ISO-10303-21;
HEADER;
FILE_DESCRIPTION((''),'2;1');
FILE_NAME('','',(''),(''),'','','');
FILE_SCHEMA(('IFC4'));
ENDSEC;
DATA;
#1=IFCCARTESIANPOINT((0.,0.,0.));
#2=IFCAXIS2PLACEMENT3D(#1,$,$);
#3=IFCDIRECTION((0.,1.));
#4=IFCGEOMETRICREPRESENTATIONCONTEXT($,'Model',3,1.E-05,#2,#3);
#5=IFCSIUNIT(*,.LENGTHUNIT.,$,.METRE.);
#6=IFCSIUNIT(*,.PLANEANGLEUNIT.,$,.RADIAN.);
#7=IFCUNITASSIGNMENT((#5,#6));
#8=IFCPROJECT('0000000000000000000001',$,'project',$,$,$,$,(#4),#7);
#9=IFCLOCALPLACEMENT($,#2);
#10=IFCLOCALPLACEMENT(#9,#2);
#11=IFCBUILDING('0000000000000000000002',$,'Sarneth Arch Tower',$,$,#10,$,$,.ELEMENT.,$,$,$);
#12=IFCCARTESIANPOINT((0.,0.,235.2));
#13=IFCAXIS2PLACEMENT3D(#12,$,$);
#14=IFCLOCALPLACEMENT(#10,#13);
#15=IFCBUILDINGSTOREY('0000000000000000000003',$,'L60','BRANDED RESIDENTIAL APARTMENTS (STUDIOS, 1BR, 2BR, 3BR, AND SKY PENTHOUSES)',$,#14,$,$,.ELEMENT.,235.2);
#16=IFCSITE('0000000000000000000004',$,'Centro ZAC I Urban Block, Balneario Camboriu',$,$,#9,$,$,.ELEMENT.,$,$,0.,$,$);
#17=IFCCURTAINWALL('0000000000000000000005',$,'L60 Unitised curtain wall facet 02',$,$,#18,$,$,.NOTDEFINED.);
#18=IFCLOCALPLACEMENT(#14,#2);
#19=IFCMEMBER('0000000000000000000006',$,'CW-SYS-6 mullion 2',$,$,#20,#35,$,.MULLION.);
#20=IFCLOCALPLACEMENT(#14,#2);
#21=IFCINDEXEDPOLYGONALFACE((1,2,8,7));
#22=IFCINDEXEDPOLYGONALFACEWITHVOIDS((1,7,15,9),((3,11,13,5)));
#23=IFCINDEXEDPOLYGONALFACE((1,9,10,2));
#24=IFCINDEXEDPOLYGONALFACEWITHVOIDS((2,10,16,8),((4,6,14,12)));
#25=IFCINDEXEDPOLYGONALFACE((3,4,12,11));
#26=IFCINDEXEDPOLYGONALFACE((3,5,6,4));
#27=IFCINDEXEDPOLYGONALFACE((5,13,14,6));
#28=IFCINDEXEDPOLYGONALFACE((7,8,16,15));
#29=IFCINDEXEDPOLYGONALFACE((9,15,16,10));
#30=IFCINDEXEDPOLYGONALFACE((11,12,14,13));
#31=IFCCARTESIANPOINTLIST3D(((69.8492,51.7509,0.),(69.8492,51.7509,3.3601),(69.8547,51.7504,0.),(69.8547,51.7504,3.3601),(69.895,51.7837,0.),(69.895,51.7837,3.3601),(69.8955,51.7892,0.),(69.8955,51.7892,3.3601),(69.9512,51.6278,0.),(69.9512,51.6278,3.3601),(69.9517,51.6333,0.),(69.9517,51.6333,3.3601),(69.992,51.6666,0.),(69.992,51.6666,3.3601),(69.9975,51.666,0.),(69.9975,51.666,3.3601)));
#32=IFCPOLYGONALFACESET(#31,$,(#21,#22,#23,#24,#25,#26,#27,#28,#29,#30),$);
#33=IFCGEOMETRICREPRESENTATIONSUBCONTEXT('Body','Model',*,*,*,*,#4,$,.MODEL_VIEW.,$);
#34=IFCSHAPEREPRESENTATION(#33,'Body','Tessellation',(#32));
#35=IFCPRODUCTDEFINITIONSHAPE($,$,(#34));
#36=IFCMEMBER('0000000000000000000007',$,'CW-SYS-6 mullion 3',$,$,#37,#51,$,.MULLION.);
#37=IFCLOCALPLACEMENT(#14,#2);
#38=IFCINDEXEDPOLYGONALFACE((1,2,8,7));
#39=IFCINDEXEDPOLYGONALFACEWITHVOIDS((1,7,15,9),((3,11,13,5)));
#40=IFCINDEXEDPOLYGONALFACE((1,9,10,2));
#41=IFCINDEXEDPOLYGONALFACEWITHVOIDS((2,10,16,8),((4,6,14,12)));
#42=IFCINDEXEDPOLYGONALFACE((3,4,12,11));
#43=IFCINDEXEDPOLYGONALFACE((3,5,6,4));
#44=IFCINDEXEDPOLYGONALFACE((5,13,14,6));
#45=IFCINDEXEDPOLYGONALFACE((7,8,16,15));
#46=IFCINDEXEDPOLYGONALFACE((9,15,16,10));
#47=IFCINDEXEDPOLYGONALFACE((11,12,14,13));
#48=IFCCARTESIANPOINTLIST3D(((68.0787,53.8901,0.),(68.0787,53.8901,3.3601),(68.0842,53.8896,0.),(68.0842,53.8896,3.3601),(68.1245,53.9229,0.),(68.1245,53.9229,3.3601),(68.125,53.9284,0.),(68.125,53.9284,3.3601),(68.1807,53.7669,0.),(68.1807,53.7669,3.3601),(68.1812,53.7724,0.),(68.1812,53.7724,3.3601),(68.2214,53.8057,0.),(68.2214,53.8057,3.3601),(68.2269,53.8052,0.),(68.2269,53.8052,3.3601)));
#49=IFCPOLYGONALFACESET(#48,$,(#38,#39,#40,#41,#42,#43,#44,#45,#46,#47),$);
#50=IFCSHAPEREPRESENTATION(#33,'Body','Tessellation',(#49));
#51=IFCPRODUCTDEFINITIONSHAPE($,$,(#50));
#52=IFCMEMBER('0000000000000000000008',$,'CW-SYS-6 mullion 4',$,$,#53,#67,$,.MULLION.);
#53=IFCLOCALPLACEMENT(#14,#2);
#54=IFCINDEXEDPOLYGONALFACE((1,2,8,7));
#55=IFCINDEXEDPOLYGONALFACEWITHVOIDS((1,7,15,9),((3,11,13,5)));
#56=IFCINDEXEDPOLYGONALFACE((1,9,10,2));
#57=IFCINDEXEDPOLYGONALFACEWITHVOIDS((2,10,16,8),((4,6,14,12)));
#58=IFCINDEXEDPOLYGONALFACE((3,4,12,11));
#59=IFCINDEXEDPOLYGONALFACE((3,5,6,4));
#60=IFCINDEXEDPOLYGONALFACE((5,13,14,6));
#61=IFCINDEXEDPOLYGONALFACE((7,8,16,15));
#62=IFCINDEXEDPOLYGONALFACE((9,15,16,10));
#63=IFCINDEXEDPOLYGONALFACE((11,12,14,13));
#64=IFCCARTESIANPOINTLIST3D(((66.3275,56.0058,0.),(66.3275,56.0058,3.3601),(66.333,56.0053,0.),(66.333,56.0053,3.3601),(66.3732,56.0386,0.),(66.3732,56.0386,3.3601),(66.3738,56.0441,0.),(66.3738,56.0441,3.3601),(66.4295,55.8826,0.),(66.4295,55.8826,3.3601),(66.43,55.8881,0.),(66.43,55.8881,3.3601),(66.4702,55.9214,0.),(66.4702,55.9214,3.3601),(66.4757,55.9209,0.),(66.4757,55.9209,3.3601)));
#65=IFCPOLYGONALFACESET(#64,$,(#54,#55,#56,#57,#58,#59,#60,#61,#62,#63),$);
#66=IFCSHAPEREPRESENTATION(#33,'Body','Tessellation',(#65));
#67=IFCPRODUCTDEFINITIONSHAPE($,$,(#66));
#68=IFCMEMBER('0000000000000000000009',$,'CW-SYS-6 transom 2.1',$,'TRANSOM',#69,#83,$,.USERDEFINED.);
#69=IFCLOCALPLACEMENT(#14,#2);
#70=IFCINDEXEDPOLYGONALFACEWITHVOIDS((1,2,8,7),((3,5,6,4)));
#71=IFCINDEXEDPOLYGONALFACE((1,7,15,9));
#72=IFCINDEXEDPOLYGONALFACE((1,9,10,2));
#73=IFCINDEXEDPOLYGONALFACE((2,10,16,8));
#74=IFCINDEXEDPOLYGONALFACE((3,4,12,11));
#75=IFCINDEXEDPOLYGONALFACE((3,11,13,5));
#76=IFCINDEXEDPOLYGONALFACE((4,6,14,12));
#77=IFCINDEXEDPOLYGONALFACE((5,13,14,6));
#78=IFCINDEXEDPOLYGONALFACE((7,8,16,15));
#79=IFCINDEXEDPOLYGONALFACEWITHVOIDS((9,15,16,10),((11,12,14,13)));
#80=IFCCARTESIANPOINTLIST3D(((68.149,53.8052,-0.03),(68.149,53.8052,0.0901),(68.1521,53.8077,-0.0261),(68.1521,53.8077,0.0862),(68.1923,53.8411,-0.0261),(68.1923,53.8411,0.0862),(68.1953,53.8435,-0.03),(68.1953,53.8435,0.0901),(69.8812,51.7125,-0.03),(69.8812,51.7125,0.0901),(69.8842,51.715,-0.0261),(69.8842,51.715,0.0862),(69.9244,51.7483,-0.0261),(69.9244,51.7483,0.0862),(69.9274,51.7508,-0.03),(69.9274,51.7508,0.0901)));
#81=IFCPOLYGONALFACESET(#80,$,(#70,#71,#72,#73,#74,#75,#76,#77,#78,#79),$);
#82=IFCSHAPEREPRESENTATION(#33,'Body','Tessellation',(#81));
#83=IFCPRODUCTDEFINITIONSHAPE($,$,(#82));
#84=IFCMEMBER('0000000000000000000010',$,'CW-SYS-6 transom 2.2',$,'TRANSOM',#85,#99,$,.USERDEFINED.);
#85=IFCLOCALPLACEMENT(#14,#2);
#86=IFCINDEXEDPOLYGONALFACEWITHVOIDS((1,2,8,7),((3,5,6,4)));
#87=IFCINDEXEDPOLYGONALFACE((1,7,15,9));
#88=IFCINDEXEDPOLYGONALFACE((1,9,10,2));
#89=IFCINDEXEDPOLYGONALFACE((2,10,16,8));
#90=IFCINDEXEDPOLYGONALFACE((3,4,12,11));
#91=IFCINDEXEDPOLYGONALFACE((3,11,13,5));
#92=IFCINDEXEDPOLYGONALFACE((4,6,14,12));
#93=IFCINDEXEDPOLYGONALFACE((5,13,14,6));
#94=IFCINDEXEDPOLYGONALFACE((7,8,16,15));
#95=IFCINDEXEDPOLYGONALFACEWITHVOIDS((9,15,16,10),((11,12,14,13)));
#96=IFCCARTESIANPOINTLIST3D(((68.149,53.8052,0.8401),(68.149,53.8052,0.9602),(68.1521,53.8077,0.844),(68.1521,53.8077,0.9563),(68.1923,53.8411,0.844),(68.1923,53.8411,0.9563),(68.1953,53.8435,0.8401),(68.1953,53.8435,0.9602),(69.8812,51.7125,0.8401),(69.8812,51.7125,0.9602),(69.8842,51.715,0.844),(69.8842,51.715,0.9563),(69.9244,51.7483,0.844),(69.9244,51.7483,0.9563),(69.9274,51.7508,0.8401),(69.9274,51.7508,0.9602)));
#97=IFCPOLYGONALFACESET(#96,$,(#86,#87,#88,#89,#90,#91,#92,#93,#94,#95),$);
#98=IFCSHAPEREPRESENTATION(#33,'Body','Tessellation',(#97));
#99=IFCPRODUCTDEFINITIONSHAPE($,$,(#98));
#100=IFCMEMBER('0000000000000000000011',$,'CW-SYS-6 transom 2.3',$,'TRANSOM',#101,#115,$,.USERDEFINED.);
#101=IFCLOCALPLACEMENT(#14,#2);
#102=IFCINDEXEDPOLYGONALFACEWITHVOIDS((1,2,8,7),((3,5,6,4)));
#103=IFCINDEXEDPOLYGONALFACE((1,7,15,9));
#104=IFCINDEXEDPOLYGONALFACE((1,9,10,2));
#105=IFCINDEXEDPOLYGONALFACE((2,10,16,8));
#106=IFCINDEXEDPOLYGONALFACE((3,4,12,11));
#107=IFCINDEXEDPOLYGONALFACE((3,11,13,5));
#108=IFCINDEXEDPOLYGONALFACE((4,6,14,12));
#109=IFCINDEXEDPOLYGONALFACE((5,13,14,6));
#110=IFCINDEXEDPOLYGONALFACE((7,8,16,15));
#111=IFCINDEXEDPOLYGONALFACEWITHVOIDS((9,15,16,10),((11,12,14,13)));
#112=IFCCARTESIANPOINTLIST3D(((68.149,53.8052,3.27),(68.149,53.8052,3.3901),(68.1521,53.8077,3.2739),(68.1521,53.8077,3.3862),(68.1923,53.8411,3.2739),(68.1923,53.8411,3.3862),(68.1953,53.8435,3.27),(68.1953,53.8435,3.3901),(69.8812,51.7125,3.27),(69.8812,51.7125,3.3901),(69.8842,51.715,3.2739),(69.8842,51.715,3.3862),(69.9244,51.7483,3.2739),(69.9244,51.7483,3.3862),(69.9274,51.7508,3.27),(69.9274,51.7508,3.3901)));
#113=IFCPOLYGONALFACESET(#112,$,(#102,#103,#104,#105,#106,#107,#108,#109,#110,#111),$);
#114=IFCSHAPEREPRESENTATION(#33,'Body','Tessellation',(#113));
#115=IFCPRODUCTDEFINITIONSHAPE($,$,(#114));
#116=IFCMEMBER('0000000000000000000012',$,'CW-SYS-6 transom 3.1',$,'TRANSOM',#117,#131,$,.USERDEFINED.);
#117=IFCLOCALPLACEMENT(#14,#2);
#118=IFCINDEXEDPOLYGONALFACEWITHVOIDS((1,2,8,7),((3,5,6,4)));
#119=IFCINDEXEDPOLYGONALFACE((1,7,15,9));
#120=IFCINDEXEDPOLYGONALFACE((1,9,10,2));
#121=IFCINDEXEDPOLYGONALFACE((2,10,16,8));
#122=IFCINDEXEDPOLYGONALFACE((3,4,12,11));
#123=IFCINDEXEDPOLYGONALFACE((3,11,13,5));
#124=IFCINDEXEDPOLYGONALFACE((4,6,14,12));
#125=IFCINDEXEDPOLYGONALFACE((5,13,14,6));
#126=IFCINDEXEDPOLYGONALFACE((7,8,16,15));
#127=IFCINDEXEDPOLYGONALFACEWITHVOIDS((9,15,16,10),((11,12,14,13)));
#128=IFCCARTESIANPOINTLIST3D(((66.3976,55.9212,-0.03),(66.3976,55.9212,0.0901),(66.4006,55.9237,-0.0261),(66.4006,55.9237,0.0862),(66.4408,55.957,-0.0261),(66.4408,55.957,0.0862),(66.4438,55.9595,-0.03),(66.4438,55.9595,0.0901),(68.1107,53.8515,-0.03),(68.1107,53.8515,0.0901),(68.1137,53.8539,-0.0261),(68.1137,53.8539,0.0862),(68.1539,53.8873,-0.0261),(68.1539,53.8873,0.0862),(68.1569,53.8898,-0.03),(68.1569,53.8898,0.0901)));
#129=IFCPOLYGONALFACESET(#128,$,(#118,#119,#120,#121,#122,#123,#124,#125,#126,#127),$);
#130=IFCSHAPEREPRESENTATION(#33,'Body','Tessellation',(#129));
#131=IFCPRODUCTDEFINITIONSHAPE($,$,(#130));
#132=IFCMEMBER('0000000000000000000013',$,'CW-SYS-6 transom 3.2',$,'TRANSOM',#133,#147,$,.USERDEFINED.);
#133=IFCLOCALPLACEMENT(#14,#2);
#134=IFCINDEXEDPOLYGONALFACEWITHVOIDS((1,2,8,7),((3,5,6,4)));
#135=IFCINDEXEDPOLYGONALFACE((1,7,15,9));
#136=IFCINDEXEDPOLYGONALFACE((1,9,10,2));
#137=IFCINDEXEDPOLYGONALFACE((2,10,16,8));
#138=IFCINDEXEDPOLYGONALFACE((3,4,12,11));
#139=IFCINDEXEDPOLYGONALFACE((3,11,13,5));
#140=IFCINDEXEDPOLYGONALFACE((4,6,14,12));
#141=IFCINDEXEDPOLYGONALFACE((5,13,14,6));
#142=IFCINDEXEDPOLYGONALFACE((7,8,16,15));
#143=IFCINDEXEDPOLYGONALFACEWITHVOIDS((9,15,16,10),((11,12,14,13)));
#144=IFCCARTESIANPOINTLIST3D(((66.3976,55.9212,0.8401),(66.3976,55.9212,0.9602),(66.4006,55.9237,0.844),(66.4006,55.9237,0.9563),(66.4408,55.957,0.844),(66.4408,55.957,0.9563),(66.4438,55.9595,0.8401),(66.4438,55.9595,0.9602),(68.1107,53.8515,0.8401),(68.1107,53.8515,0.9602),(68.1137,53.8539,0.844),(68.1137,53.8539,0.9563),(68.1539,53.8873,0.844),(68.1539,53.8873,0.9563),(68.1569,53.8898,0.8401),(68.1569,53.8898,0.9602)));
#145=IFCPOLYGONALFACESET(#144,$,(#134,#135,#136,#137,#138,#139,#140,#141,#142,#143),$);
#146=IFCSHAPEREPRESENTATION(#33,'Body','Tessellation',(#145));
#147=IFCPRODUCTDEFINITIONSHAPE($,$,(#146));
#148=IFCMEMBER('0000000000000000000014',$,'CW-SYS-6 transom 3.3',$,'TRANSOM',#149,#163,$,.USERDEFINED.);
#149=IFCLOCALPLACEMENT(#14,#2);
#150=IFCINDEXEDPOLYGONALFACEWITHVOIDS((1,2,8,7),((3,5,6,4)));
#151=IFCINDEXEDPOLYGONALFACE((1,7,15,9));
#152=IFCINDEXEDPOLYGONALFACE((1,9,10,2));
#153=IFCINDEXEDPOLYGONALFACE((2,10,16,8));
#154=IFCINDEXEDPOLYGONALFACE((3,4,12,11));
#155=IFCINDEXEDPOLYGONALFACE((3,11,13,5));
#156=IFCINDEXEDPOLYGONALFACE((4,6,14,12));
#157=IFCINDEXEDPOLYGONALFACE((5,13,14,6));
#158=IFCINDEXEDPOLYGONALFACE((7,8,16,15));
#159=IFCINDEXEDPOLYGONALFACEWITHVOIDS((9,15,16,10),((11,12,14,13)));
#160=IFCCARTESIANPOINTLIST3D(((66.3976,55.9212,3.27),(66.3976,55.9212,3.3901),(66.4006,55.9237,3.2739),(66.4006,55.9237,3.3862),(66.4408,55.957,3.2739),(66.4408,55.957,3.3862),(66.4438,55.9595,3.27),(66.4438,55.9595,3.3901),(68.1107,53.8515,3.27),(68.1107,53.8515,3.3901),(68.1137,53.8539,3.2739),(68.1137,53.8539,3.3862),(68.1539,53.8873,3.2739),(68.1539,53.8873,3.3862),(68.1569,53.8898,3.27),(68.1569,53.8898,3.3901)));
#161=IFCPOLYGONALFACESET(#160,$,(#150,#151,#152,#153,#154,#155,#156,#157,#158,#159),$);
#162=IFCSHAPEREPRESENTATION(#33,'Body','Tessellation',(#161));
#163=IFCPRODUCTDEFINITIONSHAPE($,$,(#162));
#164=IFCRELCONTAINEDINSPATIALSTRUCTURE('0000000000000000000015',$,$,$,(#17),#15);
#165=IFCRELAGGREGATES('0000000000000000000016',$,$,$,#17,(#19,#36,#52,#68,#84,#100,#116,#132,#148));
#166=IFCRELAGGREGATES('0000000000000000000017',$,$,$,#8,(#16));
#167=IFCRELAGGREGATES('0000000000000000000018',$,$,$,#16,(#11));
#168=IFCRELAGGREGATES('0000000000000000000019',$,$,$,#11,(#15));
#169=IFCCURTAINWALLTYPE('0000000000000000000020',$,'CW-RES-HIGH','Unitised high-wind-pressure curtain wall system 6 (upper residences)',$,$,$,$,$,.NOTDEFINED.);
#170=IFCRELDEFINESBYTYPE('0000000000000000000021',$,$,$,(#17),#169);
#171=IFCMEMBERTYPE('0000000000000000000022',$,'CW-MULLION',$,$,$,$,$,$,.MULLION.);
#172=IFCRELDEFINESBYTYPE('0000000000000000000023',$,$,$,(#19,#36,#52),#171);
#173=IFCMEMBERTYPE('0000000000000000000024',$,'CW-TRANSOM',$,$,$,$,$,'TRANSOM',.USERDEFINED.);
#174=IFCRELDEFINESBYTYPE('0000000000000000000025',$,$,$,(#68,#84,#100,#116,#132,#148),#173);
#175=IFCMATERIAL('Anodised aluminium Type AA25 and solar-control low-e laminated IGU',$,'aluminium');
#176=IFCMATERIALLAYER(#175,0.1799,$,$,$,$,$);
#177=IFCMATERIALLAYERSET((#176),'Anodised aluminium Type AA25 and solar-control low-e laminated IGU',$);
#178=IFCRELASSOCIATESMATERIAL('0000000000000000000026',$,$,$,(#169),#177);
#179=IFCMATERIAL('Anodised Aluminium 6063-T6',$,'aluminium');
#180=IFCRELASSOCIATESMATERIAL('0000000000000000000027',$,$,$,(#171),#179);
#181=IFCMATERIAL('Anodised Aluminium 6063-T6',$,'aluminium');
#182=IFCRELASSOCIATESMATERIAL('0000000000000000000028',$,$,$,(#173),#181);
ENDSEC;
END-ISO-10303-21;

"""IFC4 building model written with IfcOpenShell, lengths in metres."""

from ifc_helpers import new_model, si_unit, direction, frame, origin, origin_2d, place, context, subcontext, project, spatial, hollow_rectangle, extrude, material, layer, layer_set, material_profile, profile_set, type_object, element, aggregate, save


model = new_model("IFC4")

# Units and contexts
model_context = context("Model", 3, precision=1e-05, world=origin(), true_north=direction((0.0, 1.0)))
body_context = subcontext(model_context, "Body", "Model", "MODEL_VIEW")
ifc_project = project(units=[si_unit("LENGTHUNIT", "METRE"), si_unit("PLANEANGLEUNIT", "RADIAN")], contexts=[model_context])

# Site, building, storey
site_placement = place(None, origin())
site = spatial("IfcSite", under=ifc_project, at=site_placement, Name="Centro ZAC I Urban Block, Balneario Camboriu", CompositionType="ELEMENT", RefElevation=0.0)
building_placement = place(site_placement, origin())
building = spatial("IfcBuilding", under=site, at=building_placement, Name="Sarneth Arch Tower", CompositionType="ELEMENT")
storey_placement = place(building_placement, frame((0.0, 0.0, 235.2)))
storey = spatial("IfcBuildingStorey", under=building, at=storey_placement, Name="L60", Description="BRANDED RESIDENTIAL APARTMENTS (STUDIOS, 1BR, 2BR, 3BR, AND SKY PENTHOUSES)", CompositionType="ELEMENT", Elevation=235.2)

# Curtain wall, members
ifc_material_1 = material(Name="Anodised aluminium Type AA25 and solar-control low-e laminated IGU", Category="aluminium")
ifc_layer_1 = layer(ifc_material_1, 0.1799)
ifc_layer_set_1 = layer_set([ifc_layer_1], Name="Anodised aluminium Type AA25 and solar-control low-e laminated IGU")
curtain_wall_type = type_object("IfcCurtainWallType", Name="CW-RES-HIGH", Description="Unitised high-wind-pressure curtain wall system 6 (upper residences)", PredefinedType="NOTDEFINED", material=ifc_layer_set_1)
curtain_wall_placement = place(storey_placement, origin())
curtain_wall = element("IfcCurtainWall", 1, at=curtain_wall_placement, inside=storey, type_object=curtain_wall_type, Name="L60 Unitised curtain wall facet 02", PredefinedType="NOTDEFINED")
ifc_material_2 = material(Name="Anodised Aluminium 6063-T6", Category="aluminium")
ifc_material_profile_1 = material_profile(ifc_material_2, hollow_rectangle(XDim=0.0601, YDim=0.1599, WallThickness=0.0039, at=origin_2d()), Name="AL-MULL-160x60x4")
ifc_profile_set_1 = profile_set([ifc_material_profile_1], Name="Anodised Aluminium 6063-T6")
member_type_1 = type_object("IfcMemberType", Name="CW-MULLION", PredefinedType="MULLION", material=ifc_profile_set_1)
member_1_placement = place(storey_placement, frame((69.9233, 51.7085, 0.0), z_axis=(0.0, 0.0, 1.0), x_axis=(-0.770359, -0.63761, 0.0)))
member_1 = element("IfcMember", 2, at=member_1_placement, type_object=member_type_1, Name="CW-SYS-6 mullion 2", PredefinedType="MULLION", context=body_context, shape_type="SweptSolid", body=[
    extrude(hollow_rectangle(XDim=0.0601, YDim=0.1599, WallThickness=0.0039, at=origin_2d()), origin(), (0.0, 0.0, 1.0), 3.3601),
])
member_2_placement = place(storey_placement, frame((68.1528, 53.8477, 0.0), z_axis=(0.0, 0.0, 1.0), x_axis=(-0.770359, -0.63761, 0.0)))
member_2 = element("IfcMember", 3, at=member_2_placement, type_object=member_type_1, Name="CW-SYS-6 mullion 3", PredefinedType="MULLION", context=body_context, shape_type="SweptSolid", body=[
    extrude(hollow_rectangle(XDim=0.0601, YDim=0.1599, WallThickness=0.0039, at=origin_2d()), origin(), (0.0, 0.0, 1.0), 3.3601),
])
member_3_placement = place(storey_placement, frame((66.4016, 55.9634, 0.0), z_axis=(0.0, 0.0, 1.0), x_axis=(-0.770359, -0.63761, 0.0)))
member_3 = element("IfcMember", 4, at=member_3_placement, type_object=member_type_1, Name="CW-SYS-6 mullion 4", PredefinedType="MULLION", context=body_context, shape_type="SweptSolid", body=[
    extrude(hollow_rectangle(XDim=0.0601, YDim=0.1599, WallThickness=0.0039, at=origin_2d()), origin(), (0.0, 0.0, 1.0), 3.3601),
])
ifc_material_3 = material(Name="Anodised Aluminium 6063-T6", Category="aluminium")
ifc_material_profile_2 = material_profile(ifc_material_3, hollow_rectangle(XDim=0.0601, YDim=0.1201, WallThickness=0.0039, at=origin_2d()), Name="AL-TRAN-120x60x4")
ifc_profile_set_2 = profile_set([ifc_material_profile_2], Name="Anodised Aluminium 6063-T6")
member_type_2 = type_object("IfcMemberType", Name="CW-TRANSOM", ElementType="TRANSOM", PredefinedType="USERDEFINED", material=ifc_profile_set_2)
member_4_placement = place(storey_placement, frame((69.9043, 51.7317, 0.03), z_axis=(-0.637617, 0.770353, 0.0), x_axis=(-0.770353, -0.637617, 0.0)))
member_4 = element("IfcMember", 5, at=member_4_placement, type_object=member_type_2, Name="CW-SYS-6 transom 2.1", ObjectType="TRANSOM", PredefinedType="USERDEFINED", context=body_context, shape_type="SweptSolid", body=[
    extrude(hollow_rectangle(XDim=0.0601, YDim=0.1201, WallThickness=0.0039, at=origin_2d()), origin(), (0.0, 0.0, 1.0), 2.7166),
])
member_5_placement = place(storey_placement, frame((69.9043, 51.7317, 0.9001), z_axis=(-0.637617, 0.770353, 0.0), x_axis=(-0.770353, -0.637617, 0.0)))
member_5 = element("IfcMember", 6, at=member_5_placement, type_object=member_type_2, Name="CW-SYS-6 transom 2.2", ObjectType="TRANSOM", PredefinedType="USERDEFINED", context=body_context, shape_type="SweptSolid", body=[
    extrude(hollow_rectangle(XDim=0.0601, YDim=0.1201, WallThickness=0.0039, at=origin_2d()), origin(), (0.0, 0.0, 1.0), 2.7166),
])
member_6_placement = place(storey_placement, frame((69.9043, 51.7317, 3.3301), z_axis=(-0.637617, 0.770353, 0.0), x_axis=(-0.770353, -0.637617, 0.0)))
member_6 = element("IfcMember", 7, at=member_6_placement, type_object=member_type_2, Name="CW-SYS-6 transom 2.3", ObjectType="TRANSOM", PredefinedType="USERDEFINED", context=body_context, shape_type="SweptSolid", body=[
    extrude(hollow_rectangle(XDim=0.0601, YDim=0.1201, WallThickness=0.0039, at=origin_2d()), origin(), (0.0, 0.0, 1.0), 2.7166),
])
member_7_placement = place(storey_placement, frame((68.1338, 53.8706, 0.03), z_axis=(-0.637607, 0.770362, 0.0), x_axis=(-0.770362, -0.637607, 0.0)))
member_7 = element("IfcMember", 8, at=member_7_placement, type_object=member_type_2, Name="CW-SYS-6 transom 3.1", ObjectType="TRANSOM", PredefinedType="USERDEFINED", context=body_context, shape_type="SweptSolid", body=[
    extrude(hollow_rectangle(XDim=0.0601, YDim=0.1201, WallThickness=0.0039, at=origin_2d()), origin(), (0.0, 0.0, 1.0), 2.6868),
])
member_8_placement = place(storey_placement, frame((68.1338, 53.8706, 0.9001), z_axis=(-0.637607, 0.770362, 0.0), x_axis=(-0.770362, -0.637607, 0.0)))
member_8 = element("IfcMember", 9, at=member_8_placement, type_object=member_type_2, Name="CW-SYS-6 transom 3.2", ObjectType="TRANSOM", PredefinedType="USERDEFINED", context=body_context, shape_type="SweptSolid", body=[
    extrude(hollow_rectangle(XDim=0.0601, YDim=0.1201, WallThickness=0.0039, at=origin_2d()), origin(), (0.0, 0.0, 1.0), 2.6868),
])
member_9_placement = place(storey_placement, frame((68.1338, 53.8706, 3.3301), z_axis=(-0.637607, 0.770362, 0.0), x_axis=(-0.770362, -0.637607, 0.0)))
member_9 = element("IfcMember", 10, at=member_9_placement, type_object=member_type_2, Name="CW-SYS-6 transom 3.3", ObjectType="TRANSOM", PredefinedType="USERDEFINED", context=body_context, shape_type="SweptSolid", body=[
    extrude(hollow_rectangle(XDim=0.0601, YDim=0.1201, WallThickness=0.0039, at=origin_2d()), origin(), (0.0, 0.0, 1.0), 2.6868),
])

aggregate(curtain_wall, [member_1, member_2, member_3, member_4, member_5, member_6, member_7, member_8, member_9])

save(model, "model.ifc")
